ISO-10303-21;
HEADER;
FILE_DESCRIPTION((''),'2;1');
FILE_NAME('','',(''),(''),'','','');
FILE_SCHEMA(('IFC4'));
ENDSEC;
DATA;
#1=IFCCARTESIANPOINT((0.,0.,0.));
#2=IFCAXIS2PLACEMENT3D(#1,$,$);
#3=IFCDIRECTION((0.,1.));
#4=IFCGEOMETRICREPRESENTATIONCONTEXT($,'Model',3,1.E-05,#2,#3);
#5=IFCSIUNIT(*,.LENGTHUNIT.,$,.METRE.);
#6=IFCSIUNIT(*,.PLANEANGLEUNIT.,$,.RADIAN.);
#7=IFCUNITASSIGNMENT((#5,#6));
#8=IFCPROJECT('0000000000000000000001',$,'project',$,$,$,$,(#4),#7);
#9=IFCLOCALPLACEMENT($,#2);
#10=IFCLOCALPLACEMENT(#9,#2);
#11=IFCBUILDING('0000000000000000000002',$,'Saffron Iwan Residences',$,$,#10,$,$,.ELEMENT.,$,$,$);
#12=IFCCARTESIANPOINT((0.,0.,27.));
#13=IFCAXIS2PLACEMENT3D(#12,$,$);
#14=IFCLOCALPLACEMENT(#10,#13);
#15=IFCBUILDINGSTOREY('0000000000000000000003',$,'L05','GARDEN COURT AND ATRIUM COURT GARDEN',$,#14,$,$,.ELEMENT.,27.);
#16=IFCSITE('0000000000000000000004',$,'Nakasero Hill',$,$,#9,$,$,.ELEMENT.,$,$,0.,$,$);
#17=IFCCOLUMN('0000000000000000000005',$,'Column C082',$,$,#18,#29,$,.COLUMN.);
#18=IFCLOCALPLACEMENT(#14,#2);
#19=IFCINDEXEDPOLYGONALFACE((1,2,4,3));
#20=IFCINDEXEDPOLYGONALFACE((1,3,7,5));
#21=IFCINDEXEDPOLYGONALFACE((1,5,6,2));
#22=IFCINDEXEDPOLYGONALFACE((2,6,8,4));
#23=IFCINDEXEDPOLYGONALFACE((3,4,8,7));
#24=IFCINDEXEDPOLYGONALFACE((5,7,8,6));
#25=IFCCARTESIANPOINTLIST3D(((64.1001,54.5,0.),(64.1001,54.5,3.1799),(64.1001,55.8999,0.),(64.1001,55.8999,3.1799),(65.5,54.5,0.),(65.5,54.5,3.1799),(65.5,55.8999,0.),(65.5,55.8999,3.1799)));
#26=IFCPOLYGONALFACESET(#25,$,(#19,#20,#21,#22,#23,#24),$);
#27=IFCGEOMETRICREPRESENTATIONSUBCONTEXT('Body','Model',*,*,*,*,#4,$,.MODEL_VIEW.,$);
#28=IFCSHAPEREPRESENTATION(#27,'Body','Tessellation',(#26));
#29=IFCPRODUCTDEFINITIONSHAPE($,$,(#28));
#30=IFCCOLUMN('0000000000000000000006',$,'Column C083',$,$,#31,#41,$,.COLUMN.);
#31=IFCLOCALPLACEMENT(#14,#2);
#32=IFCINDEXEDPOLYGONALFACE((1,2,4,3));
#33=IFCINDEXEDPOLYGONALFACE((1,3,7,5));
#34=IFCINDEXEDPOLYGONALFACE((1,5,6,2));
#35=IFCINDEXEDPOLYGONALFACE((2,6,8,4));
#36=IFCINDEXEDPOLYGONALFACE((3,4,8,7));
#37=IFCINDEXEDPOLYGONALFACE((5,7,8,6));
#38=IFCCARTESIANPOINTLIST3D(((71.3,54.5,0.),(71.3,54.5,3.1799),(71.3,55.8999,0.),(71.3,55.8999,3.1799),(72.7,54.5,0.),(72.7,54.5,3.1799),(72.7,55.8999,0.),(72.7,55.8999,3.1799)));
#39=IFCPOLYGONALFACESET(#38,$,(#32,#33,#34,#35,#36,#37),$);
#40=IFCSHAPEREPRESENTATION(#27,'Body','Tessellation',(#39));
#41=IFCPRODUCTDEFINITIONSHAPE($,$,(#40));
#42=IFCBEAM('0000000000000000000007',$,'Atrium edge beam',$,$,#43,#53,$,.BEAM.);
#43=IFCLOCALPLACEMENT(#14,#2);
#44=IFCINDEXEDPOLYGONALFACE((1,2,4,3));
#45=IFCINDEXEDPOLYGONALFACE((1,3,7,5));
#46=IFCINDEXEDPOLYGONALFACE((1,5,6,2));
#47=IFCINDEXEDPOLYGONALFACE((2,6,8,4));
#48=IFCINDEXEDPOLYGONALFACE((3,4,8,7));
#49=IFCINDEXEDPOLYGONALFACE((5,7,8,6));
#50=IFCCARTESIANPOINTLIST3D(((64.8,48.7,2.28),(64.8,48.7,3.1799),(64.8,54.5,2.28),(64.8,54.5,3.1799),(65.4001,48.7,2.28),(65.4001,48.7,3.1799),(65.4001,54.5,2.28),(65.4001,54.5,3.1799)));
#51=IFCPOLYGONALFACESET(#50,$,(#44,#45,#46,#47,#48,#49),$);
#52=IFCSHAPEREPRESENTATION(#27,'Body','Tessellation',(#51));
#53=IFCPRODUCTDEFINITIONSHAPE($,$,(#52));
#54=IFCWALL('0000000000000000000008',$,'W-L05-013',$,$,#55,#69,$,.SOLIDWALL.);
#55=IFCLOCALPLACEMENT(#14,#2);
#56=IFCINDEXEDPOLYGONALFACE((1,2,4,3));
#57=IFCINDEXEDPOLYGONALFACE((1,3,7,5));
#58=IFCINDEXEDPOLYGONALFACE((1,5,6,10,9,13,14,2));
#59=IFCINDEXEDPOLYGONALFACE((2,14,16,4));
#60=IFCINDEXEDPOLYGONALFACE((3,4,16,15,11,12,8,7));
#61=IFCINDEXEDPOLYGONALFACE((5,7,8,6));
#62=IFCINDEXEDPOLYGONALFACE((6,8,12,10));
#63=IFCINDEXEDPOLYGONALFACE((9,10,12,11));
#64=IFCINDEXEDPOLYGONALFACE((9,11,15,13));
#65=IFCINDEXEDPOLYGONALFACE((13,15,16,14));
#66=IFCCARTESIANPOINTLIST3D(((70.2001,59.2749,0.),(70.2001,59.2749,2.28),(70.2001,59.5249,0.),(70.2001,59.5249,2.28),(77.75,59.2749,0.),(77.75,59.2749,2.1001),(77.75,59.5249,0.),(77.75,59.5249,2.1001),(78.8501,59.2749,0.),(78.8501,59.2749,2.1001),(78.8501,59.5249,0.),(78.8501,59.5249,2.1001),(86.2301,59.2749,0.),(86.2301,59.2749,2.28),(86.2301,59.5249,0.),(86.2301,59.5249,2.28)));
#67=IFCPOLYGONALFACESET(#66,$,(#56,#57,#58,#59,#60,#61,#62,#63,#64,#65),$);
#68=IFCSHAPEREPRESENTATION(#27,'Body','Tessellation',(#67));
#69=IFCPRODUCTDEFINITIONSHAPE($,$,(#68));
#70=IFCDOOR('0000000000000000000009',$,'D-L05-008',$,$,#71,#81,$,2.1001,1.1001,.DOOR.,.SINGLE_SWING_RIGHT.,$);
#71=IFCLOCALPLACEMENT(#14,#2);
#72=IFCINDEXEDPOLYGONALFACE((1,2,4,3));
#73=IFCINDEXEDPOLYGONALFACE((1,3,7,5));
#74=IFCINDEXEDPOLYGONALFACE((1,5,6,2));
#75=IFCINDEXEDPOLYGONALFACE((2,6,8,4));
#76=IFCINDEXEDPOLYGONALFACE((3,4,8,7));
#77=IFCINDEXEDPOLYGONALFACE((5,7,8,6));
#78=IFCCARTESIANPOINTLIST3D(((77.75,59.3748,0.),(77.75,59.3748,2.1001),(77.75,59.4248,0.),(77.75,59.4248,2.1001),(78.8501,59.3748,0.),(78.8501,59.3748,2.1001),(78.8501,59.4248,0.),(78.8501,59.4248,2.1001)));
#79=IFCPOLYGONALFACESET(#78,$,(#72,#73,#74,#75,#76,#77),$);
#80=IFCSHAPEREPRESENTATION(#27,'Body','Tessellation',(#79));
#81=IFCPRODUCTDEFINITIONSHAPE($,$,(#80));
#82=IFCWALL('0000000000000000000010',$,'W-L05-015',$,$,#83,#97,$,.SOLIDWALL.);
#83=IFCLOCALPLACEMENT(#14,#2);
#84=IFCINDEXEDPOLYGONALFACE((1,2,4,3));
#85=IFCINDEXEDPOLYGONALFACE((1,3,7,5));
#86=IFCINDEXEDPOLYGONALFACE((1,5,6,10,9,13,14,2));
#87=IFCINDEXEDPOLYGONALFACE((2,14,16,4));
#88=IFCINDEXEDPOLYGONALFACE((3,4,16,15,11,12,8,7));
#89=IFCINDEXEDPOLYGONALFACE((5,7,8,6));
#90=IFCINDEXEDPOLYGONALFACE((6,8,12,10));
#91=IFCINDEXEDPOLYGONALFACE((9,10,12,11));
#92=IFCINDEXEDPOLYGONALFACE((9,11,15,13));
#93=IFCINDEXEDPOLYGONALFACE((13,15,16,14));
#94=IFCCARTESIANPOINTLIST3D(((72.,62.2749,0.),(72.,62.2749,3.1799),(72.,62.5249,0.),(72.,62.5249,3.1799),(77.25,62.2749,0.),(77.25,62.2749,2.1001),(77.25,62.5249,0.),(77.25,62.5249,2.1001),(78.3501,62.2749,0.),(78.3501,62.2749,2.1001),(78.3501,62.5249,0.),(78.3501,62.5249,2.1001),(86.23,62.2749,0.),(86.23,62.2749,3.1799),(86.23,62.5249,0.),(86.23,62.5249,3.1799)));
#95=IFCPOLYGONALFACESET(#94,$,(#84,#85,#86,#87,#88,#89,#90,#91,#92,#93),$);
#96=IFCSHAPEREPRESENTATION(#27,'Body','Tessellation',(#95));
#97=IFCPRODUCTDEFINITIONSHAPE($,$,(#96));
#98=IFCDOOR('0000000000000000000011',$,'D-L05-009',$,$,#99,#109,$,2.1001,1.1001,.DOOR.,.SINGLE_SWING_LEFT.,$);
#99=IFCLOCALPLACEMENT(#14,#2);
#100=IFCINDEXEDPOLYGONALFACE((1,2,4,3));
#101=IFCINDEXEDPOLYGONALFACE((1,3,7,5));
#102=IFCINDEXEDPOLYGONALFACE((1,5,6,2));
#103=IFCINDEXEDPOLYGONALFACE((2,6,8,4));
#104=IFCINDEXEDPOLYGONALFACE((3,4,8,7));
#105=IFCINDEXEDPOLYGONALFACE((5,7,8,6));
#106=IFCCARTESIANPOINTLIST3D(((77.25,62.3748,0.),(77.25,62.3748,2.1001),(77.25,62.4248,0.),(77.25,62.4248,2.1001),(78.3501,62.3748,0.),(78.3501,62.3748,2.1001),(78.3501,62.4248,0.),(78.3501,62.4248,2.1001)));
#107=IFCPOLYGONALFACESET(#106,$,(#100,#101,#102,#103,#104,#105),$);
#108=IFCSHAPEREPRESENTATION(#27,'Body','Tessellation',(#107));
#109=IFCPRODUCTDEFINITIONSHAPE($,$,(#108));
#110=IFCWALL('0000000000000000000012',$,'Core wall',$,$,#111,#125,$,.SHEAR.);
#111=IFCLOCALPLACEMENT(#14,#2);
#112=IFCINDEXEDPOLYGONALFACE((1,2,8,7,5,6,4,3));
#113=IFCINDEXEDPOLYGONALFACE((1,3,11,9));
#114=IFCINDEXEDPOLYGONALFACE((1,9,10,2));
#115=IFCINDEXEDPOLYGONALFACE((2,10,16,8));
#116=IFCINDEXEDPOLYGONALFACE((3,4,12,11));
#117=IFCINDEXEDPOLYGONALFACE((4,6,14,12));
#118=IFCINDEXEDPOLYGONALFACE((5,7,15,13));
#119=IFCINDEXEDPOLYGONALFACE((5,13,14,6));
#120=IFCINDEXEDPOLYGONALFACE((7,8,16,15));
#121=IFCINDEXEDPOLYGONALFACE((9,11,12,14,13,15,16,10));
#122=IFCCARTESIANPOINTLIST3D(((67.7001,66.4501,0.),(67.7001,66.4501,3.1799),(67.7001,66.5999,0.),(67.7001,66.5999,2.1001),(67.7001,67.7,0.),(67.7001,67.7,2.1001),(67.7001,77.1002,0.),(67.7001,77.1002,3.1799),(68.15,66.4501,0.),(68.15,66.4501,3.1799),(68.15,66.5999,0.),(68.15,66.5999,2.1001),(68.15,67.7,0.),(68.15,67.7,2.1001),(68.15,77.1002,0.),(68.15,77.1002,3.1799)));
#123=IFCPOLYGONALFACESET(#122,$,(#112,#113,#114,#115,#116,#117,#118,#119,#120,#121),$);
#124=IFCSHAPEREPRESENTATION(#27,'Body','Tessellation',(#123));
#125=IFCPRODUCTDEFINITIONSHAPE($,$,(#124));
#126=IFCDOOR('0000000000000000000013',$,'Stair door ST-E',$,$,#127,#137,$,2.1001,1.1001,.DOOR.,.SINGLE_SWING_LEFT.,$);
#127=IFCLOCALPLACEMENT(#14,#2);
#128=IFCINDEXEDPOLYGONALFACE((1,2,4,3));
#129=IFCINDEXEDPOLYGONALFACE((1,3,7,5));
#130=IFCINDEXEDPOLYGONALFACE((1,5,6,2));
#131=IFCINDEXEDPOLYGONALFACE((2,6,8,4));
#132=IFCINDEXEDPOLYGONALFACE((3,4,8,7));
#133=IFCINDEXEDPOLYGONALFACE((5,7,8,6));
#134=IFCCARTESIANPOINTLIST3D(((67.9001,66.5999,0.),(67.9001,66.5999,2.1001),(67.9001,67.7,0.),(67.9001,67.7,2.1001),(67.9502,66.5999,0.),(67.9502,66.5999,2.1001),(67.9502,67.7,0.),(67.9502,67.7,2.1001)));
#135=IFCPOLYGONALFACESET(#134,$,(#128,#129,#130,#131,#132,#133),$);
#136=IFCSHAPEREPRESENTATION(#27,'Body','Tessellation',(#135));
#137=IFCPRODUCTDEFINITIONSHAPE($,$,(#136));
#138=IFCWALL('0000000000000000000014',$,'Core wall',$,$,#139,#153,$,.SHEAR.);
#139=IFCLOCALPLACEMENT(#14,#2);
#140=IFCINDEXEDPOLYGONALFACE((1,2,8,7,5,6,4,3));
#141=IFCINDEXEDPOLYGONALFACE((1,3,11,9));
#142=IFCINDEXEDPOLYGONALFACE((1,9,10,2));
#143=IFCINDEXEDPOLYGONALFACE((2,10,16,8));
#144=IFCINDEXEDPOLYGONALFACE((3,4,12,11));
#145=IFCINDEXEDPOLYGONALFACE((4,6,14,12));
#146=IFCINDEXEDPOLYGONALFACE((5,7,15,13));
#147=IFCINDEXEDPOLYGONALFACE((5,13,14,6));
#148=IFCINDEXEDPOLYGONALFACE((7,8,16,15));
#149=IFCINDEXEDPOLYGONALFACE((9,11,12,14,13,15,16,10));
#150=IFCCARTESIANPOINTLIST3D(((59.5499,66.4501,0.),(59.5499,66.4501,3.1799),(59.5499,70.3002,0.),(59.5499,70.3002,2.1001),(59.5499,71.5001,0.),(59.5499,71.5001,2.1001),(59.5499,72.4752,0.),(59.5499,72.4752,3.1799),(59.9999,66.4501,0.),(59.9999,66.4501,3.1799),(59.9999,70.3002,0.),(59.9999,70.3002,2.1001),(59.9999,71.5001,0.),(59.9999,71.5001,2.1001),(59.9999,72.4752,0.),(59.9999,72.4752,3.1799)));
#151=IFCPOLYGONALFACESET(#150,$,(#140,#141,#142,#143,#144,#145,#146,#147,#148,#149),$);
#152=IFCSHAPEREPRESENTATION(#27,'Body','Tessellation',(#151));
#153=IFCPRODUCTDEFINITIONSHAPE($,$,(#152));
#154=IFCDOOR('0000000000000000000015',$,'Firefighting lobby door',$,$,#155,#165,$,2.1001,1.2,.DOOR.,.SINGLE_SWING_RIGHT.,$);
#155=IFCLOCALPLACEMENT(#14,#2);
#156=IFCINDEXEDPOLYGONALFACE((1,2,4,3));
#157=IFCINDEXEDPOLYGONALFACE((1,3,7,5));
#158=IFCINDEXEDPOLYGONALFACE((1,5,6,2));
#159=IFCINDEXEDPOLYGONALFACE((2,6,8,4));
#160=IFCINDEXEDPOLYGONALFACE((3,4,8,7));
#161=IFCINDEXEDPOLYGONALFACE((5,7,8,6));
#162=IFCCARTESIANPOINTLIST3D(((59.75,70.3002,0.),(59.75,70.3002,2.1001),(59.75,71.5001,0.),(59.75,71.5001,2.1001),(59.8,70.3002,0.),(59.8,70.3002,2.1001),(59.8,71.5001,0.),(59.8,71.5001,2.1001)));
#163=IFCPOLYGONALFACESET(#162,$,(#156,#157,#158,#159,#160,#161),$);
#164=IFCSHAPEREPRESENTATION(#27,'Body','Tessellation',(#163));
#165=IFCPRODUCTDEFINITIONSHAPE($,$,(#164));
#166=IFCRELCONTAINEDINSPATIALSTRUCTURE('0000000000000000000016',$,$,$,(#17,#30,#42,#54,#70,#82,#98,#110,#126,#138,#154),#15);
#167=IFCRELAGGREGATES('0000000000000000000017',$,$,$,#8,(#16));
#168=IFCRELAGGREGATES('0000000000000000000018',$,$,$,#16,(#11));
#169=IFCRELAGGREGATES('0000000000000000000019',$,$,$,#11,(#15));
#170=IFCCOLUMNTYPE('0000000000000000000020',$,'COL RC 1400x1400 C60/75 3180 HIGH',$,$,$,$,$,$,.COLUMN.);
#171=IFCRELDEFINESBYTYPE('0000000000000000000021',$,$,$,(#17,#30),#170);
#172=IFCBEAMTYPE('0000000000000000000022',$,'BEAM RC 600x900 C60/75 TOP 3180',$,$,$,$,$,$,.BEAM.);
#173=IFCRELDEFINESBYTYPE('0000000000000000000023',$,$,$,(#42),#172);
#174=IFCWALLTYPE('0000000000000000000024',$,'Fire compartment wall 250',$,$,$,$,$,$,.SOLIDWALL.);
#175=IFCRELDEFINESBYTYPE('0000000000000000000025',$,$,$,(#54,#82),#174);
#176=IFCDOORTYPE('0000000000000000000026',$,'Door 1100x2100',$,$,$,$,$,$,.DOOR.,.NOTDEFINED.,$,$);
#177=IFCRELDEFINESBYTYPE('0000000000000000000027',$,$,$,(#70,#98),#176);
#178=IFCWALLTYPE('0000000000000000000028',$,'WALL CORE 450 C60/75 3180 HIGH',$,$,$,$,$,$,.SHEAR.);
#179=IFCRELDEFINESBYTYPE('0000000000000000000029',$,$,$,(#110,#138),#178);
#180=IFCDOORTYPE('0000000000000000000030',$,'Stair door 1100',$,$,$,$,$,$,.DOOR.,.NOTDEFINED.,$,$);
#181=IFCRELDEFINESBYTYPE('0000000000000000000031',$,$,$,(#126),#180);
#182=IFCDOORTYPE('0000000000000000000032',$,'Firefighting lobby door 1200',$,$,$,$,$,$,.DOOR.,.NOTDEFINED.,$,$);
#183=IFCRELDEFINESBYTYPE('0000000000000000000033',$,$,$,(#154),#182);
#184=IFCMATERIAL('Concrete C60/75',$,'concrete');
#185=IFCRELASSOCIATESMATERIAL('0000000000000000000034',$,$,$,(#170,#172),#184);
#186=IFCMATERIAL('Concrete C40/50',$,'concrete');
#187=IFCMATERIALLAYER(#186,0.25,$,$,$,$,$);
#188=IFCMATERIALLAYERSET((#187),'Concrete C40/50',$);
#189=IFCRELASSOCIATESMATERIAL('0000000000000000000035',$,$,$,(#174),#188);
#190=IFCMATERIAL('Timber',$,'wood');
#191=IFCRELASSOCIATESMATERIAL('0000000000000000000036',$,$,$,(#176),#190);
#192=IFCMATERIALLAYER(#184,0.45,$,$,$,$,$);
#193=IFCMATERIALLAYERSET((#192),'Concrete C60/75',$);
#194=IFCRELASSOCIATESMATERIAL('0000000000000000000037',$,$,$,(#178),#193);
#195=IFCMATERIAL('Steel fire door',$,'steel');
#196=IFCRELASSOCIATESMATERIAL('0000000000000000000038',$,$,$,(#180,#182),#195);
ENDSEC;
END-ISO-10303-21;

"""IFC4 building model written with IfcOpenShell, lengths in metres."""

from ifc_helpers import new_model, si_unit, direction, frame, frame_2d, origin, origin_2d, place, context, subcontext, project, spatial, rectangle, extrude, source, transform, mapped, material, layer, layer_set, material_profile, profile_set, type_object, element, fill, save


model = new_model("IFC4")

# Units and contexts
model_context = context("Model", 3, precision=1e-05, world=origin(), true_north=direction((0.0, 1.0)))
body_context = subcontext(model_context, "Body", "Model", "MODEL_VIEW")
ifc_project = project(units=[si_unit("LENGTHUNIT", "METRE"), si_unit("PLANEANGLEUNIT", "RADIAN")], contexts=[model_context])

# Site, building, storey
site_placement = place(None, origin())
site = spatial("IfcSite", under=ifc_project, at=site_placement, Name="Nakasero Hill", CompositionType="ELEMENT", RefElevation=0.0)
building_placement = place(site_placement, origin())
building = spatial("IfcBuilding", under=site, at=building_placement, Name="Saffron Iwan Residences", CompositionType="ELEMENT")
storey_placement = place(building_placement, frame((0.0, 0.0, 27.0)))
storey = spatial("IfcBuildingStorey", under=building, at=storey_placement, Name="L05", Description="GARDEN COURT AND ATRIUM COURT GARDEN", CompositionType="ELEMENT", Elevation=27.0)

# Columns
ifc_material_1 = material(Name="Concrete C60/75", Category="concrete")
ifc_material_profile_1 = material_profile(ifc_material_1, rectangle(XDim=1.3999, YDim=1.3999, at=origin_2d()), Name="RC 1400x1400")
ifc_profile_set_1 = profile_set([ifc_material_profile_1], Name="Concrete C60/75")
column_type = type_object("IfcColumnType", Name="COL RC 1400x1400 C60/75 3180 HIGH", PredefinedType="COLUMN", material=ifc_profile_set_1)
shared_shape_1 = source(origin(), body_context, "Body", "SweptSolid", [
    extrude(rectangle(XDim=1.3999, YDim=1.3999, at=origin_2d()), origin(), (0.0, 0.0, 1.0), 3.1799),
])
for number, where, z_axis, x_axis, name in (
    (1, (64.8, 55.2, 0.0), (0.0, 0.0, 1.0), (1.0, 0.0, 0.0), "Column C082"),
    (2, (72.0, 55.2, 0.0), (0.0, 0.0, 1.0), (1.0, 0.0, 0.0), "Column C083"),
):
    element("IfcColumn", number, at=place(storey_placement, frame(where, z_axis=z_axis, x_axis=x_axis)), inside=storey, type_object=column_type, Name=name, PredefinedType="COLUMN", context=body_context, shape_type="MappedRepresentation", body=[
        mapped(shared_shape_1, transform((0.0, 0.0, 0.0))),
    ])

# Beam
ifc_material_profile_2 = material_profile(ifc_material_1, rectangle(XDim=0.6001, YDim=0.8999, at=origin_2d()), Name="RC 600x900")
ifc_profile_set_2 = profile_set([ifc_material_profile_2], Name="Concrete C60/75")
beam_type = type_object("IfcBeamType", Name="BEAM RC 600x900 C60/75 TOP 3180", PredefinedType="BEAM", material=ifc_profile_set_2)
shared_shape_2 = source(origin(), body_context, "Body", "SweptSolid", [
    extrude(rectangle(XDim=0.6001, YDim=0.8999, at=origin_2d()), origin(), (0.0, 0.0, 1.0), 5.8),
])
beam_placement = place(storey_placement, frame((65.1001, 54.5, 2.73), z_axis=(0.0, -1.0, 0.0), x_axis=(1.0, 0.0, 0.0)))
element("IfcBeam", 3, at=beam_placement, inside=storey, type_object=beam_type, Name="Atrium edge beam", PredefinedType="BEAM", context=body_context, shape_type="MappedRepresentation", body=[
    mapped(shared_shape_2, transform((0.0, 0.0, 0.0))),
])

# Walls, openings, doors
ifc_material_2 = material(Name="Concrete C40/50", Category="concrete")
ifc_layer_1 = layer(ifc_material_2, 0.25)
ifc_layer_set_1 = layer_set([ifc_layer_1], Name="Concrete C40/50")
wall_type_1 = type_object("IfcWallType", Name="Fire compartment wall 250", PredefinedType="SOLIDWALL", material=ifc_layer_set_1)
wall_1_placement = place(storey_placement, frame((70.2, 59.3999, 0.0), z_axis=(0.0, 0.0, 1.0), x_axis=(1.0, 0.0, 0.0)))
wall_1 = element("IfcWall", 4, at=wall_1_placement, inside=storey, type_object=wall_type_1, Name="W-L05-013", PredefinedType="SOLIDWALL", context=body_context, shape_type="SweptSolid", body=[
    extrude(rectangle(XDim=16.03, YDim=0.25, at=frame_2d((8.0151, 0.0))), origin(), (0.0, 0.0, 1.0), 2.28),
])
opening_1_placement = place(wall_1_placement, frame((7.55, 0.0, 0.0)))
opening_1 = element("IfcOpeningElement", 5, at=opening_1_placement, cuts=wall_1, PredefinedType="OPENING", context=body_context, shape_type="SweptSolid", body=[
    extrude(rectangle(XDim=1.1001, YDim=2.1001, at=frame_2d((0.55, 1.05))), frame((0.0, 0.135, 0.0), z_axis=(0.0, -1.0, 0.0), x_axis=(1.0, 0.0, 0.0)), (0.0, 0.0, 1.0), 0.27),
])
ifc_material_3 = material(Name="Timber", Category="wood")
door_type_1 = type_object("IfcDoorType", Name="Door 1100x2100", OperationType="NOTDEFINED", PredefinedType="DOOR", material=ifc_material_3)
door_1_placement = place(opening_1_placement, origin())
door_1 = element("IfcDoor", 6, at=door_1_placement, inside=storey, type_object=door_type_1, Name="D-L05-008", OperationType="SINGLE_SWING_RIGHT", OverallHeight=2.1001, OverallWidth=1.1001, PredefinedType="DOOR", context=body_context, shape_type="SweptSolid", body=[
    extrude(rectangle(XDim=1.1001, YDim=2.1001, at=frame_2d((0.55, 1.05))), frame((0.0, 0.0249, 0.0), z_axis=(0.0, -1.0, 0.0), x_axis=(1.0, 0.0, 0.0)), (0.0, 0.0, 1.0), 0.05),
])
fill(opening_1, door_1)
wall_2_placement = place(storey_placement, frame((72.0, 62.3999, 0.0), z_axis=(0.0, 0.0, 1.0), x_axis=(1.0, 0.0, 0.0)))
wall_2 = element("IfcWall", 7, at=wall_2_placement, inside=storey, type_object=wall_type_1, Name="W-L05-015", PredefinedType="SOLIDWALL", context=body_context, shape_type="SweptSolid", body=[
    extrude(rectangle(XDim=14.23, YDim=0.25, at=frame_2d((7.115, 0.0))), origin(), (0.0, 0.0, 1.0), 3.1799),
])
opening_2_placement = place(wall_2_placement, frame((5.25, 0.0, 0.0)))
opening_2 = element("IfcOpeningElement", 8, at=opening_2_placement, cuts=wall_2, PredefinedType="OPENING", context=body_context, shape_type="SweptSolid", body=[
    extrude(rectangle(XDim=1.1001, YDim=2.1001, at=frame_2d((0.55, 1.05))), frame((0.0, 0.135, 0.0), z_axis=(0.0, -1.0, 0.0), x_axis=(1.0, 0.0, 0.0)), (0.0, 0.0, 1.0), 0.27),
])
door_2_placement = place(opening_2_placement, origin())
door_2 = element("IfcDoor", 9, at=door_2_placement, inside=storey, type_object=door_type_1, Name="D-L05-009", OperationType="SINGLE_SWING_LEFT", OverallHeight=2.1001, OverallWidth=1.1001, PredefinedType="DOOR", context=body_context, shape_type="SweptSolid", body=[
    extrude(rectangle(XDim=1.1001, YDim=2.1001, at=frame_2d((0.55, 1.05))), frame((0.0, 0.0249, 0.0), z_axis=(0.0, -1.0, 0.0), x_axis=(1.0, 0.0, 0.0)), (0.0, 0.0, 1.0), 0.05),
])
fill(opening_2, door_2)
ifc_layer_2 = layer(ifc_material_1, 0.45)
ifc_layer_set_2 = layer_set([ifc_layer_2], Name="Concrete C60/75")
wall_type_2 = type_object("IfcWallType", Name="WALL CORE 450 C60/75 3180 HIGH", PredefinedType="SHEAR", material=ifc_layer_set_2)
wall_3_placement = place(storey_placement, frame((67.925, 66.45, 0.0), z_axis=(0.0, 0.0, 1.0), x_axis=(0.0, 1.0, 0.0)))
wall_3 = element("IfcWall", 10, at=wall_3_placement, inside=storey, type_object=wall_type_2, Name="Core wall", PredefinedType="SHEAR", context=body_context, shape_type="SweptSolid", body=[
    extrude(rectangle(XDim=10.6501, YDim=0.45, at=frame_2d((5.3252, 0.0))), origin(), (0.0, 0.0, 1.0), 3.1799),
])
opening_3_placement = place(wall_3_placement, frame((0.1499, 0.0, 0.0)))
opening_3 = element("IfcOpeningElement", 11, at=opening_3_placement, cuts=wall_3, PredefinedType="OPENING", context=body_context, shape_type="SweptSolid", body=[
    extrude(rectangle(XDim=1.1001, YDim=2.1001, at=frame_2d((0.55, 1.05))), frame((0.0, 0.2349, 0.0), z_axis=(0.0, -1.0, 0.0), x_axis=(1.0, 0.0, 0.0)), (0.0, 0.0, 1.0), 0.47),
])
ifc_material_4 = material(Name="Steel fire door", Category="steel")
door_type_2 = type_object("IfcDoorType", Name="Stair door 1100", OperationType="NOTDEFINED", PredefinedType="DOOR", material=ifc_material_4)
door_3_placement = place(opening_3_placement, origin())
door_3 = element("IfcDoor", 12, at=door_3_placement, inside=storey, type_object=door_type_2, Name="Stair door ST-E", OperationType="SINGLE_SWING_LEFT", OverallHeight=2.1001, OverallWidth=1.1001, PredefinedType="DOOR", context=body_context, shape_type="SweptSolid", body=[
    extrude(rectangle(XDim=1.1001, YDim=2.1001, at=frame_2d((0.55, 1.05))), frame((0.0, 0.0249, 0.0), z_axis=(0.0, -1.0, 0.0), x_axis=(1.0, 0.0, 0.0)), (0.0, 0.0, 1.0), 0.05),
])
fill(opening_3, door_3)
wall_4_placement = place(storey_placement, frame((59.7749, 66.45, 0.0), z_axis=(0.0, 0.0, 1.0), x_axis=(0.0, 1.0, 0.0)))
wall_4 = element("IfcWall", 13, at=wall_4_placement, inside=storey, type_object=wall_type_2, Name="Core wall", PredefinedType="SHEAR", context=body_context, shape_type="SweptSolid", body=[
    extrude(rectangle(XDim=6.0251, YDim=0.45, at=frame_2d((3.0127, 0.0))), origin(), (0.0, 0.0, 1.0), 3.1799),
])
opening_4_placement = place(wall_4_placement, frame((3.8501, 0.0, 0.0)))
opening_4 = element("IfcOpeningElement", 14, at=opening_4_placement, cuts=wall_4, PredefinedType="OPENING", context=body_context, shape_type="SweptSolid", body=[
    extrude(rectangle(XDim=1.2, YDim=2.1001, at=frame_2d((0.6001, 1.05))), frame((0.0, 0.2349, 0.0), z_axis=(0.0, -1.0, 0.0), x_axis=(1.0, 0.0, 0.0)), (0.0, 0.0, 1.0), 0.47),
])
door_type_3 = type_object("IfcDoorType", Name="Firefighting lobby door 1200", OperationType="NOTDEFINED", PredefinedType="DOOR", material=ifc_material_4)
door_4_placement = place(opening_4_placement, origin())
door_4 = element("IfcDoor", 15, at=door_4_placement, inside=storey, type_object=door_type_3, Name="Firefighting lobby door", OperationType="SINGLE_SWING_RIGHT", OverallHeight=2.1001, OverallWidth=1.2, PredefinedType="DOOR", context=body_context, shape_type="SweptSolid", body=[
    extrude(rectangle(XDim=1.2, YDim=2.1001, at=frame_2d((0.6001, 1.05))), frame((0.0, 0.0249, 0.0), z_axis=(0.0, -1.0, 0.0), x_axis=(1.0, 0.0, 0.0)), (0.0, 0.0, 1.0), 0.05),
])
fill(opening_4, door_4)

save(model, "model.ifc")
